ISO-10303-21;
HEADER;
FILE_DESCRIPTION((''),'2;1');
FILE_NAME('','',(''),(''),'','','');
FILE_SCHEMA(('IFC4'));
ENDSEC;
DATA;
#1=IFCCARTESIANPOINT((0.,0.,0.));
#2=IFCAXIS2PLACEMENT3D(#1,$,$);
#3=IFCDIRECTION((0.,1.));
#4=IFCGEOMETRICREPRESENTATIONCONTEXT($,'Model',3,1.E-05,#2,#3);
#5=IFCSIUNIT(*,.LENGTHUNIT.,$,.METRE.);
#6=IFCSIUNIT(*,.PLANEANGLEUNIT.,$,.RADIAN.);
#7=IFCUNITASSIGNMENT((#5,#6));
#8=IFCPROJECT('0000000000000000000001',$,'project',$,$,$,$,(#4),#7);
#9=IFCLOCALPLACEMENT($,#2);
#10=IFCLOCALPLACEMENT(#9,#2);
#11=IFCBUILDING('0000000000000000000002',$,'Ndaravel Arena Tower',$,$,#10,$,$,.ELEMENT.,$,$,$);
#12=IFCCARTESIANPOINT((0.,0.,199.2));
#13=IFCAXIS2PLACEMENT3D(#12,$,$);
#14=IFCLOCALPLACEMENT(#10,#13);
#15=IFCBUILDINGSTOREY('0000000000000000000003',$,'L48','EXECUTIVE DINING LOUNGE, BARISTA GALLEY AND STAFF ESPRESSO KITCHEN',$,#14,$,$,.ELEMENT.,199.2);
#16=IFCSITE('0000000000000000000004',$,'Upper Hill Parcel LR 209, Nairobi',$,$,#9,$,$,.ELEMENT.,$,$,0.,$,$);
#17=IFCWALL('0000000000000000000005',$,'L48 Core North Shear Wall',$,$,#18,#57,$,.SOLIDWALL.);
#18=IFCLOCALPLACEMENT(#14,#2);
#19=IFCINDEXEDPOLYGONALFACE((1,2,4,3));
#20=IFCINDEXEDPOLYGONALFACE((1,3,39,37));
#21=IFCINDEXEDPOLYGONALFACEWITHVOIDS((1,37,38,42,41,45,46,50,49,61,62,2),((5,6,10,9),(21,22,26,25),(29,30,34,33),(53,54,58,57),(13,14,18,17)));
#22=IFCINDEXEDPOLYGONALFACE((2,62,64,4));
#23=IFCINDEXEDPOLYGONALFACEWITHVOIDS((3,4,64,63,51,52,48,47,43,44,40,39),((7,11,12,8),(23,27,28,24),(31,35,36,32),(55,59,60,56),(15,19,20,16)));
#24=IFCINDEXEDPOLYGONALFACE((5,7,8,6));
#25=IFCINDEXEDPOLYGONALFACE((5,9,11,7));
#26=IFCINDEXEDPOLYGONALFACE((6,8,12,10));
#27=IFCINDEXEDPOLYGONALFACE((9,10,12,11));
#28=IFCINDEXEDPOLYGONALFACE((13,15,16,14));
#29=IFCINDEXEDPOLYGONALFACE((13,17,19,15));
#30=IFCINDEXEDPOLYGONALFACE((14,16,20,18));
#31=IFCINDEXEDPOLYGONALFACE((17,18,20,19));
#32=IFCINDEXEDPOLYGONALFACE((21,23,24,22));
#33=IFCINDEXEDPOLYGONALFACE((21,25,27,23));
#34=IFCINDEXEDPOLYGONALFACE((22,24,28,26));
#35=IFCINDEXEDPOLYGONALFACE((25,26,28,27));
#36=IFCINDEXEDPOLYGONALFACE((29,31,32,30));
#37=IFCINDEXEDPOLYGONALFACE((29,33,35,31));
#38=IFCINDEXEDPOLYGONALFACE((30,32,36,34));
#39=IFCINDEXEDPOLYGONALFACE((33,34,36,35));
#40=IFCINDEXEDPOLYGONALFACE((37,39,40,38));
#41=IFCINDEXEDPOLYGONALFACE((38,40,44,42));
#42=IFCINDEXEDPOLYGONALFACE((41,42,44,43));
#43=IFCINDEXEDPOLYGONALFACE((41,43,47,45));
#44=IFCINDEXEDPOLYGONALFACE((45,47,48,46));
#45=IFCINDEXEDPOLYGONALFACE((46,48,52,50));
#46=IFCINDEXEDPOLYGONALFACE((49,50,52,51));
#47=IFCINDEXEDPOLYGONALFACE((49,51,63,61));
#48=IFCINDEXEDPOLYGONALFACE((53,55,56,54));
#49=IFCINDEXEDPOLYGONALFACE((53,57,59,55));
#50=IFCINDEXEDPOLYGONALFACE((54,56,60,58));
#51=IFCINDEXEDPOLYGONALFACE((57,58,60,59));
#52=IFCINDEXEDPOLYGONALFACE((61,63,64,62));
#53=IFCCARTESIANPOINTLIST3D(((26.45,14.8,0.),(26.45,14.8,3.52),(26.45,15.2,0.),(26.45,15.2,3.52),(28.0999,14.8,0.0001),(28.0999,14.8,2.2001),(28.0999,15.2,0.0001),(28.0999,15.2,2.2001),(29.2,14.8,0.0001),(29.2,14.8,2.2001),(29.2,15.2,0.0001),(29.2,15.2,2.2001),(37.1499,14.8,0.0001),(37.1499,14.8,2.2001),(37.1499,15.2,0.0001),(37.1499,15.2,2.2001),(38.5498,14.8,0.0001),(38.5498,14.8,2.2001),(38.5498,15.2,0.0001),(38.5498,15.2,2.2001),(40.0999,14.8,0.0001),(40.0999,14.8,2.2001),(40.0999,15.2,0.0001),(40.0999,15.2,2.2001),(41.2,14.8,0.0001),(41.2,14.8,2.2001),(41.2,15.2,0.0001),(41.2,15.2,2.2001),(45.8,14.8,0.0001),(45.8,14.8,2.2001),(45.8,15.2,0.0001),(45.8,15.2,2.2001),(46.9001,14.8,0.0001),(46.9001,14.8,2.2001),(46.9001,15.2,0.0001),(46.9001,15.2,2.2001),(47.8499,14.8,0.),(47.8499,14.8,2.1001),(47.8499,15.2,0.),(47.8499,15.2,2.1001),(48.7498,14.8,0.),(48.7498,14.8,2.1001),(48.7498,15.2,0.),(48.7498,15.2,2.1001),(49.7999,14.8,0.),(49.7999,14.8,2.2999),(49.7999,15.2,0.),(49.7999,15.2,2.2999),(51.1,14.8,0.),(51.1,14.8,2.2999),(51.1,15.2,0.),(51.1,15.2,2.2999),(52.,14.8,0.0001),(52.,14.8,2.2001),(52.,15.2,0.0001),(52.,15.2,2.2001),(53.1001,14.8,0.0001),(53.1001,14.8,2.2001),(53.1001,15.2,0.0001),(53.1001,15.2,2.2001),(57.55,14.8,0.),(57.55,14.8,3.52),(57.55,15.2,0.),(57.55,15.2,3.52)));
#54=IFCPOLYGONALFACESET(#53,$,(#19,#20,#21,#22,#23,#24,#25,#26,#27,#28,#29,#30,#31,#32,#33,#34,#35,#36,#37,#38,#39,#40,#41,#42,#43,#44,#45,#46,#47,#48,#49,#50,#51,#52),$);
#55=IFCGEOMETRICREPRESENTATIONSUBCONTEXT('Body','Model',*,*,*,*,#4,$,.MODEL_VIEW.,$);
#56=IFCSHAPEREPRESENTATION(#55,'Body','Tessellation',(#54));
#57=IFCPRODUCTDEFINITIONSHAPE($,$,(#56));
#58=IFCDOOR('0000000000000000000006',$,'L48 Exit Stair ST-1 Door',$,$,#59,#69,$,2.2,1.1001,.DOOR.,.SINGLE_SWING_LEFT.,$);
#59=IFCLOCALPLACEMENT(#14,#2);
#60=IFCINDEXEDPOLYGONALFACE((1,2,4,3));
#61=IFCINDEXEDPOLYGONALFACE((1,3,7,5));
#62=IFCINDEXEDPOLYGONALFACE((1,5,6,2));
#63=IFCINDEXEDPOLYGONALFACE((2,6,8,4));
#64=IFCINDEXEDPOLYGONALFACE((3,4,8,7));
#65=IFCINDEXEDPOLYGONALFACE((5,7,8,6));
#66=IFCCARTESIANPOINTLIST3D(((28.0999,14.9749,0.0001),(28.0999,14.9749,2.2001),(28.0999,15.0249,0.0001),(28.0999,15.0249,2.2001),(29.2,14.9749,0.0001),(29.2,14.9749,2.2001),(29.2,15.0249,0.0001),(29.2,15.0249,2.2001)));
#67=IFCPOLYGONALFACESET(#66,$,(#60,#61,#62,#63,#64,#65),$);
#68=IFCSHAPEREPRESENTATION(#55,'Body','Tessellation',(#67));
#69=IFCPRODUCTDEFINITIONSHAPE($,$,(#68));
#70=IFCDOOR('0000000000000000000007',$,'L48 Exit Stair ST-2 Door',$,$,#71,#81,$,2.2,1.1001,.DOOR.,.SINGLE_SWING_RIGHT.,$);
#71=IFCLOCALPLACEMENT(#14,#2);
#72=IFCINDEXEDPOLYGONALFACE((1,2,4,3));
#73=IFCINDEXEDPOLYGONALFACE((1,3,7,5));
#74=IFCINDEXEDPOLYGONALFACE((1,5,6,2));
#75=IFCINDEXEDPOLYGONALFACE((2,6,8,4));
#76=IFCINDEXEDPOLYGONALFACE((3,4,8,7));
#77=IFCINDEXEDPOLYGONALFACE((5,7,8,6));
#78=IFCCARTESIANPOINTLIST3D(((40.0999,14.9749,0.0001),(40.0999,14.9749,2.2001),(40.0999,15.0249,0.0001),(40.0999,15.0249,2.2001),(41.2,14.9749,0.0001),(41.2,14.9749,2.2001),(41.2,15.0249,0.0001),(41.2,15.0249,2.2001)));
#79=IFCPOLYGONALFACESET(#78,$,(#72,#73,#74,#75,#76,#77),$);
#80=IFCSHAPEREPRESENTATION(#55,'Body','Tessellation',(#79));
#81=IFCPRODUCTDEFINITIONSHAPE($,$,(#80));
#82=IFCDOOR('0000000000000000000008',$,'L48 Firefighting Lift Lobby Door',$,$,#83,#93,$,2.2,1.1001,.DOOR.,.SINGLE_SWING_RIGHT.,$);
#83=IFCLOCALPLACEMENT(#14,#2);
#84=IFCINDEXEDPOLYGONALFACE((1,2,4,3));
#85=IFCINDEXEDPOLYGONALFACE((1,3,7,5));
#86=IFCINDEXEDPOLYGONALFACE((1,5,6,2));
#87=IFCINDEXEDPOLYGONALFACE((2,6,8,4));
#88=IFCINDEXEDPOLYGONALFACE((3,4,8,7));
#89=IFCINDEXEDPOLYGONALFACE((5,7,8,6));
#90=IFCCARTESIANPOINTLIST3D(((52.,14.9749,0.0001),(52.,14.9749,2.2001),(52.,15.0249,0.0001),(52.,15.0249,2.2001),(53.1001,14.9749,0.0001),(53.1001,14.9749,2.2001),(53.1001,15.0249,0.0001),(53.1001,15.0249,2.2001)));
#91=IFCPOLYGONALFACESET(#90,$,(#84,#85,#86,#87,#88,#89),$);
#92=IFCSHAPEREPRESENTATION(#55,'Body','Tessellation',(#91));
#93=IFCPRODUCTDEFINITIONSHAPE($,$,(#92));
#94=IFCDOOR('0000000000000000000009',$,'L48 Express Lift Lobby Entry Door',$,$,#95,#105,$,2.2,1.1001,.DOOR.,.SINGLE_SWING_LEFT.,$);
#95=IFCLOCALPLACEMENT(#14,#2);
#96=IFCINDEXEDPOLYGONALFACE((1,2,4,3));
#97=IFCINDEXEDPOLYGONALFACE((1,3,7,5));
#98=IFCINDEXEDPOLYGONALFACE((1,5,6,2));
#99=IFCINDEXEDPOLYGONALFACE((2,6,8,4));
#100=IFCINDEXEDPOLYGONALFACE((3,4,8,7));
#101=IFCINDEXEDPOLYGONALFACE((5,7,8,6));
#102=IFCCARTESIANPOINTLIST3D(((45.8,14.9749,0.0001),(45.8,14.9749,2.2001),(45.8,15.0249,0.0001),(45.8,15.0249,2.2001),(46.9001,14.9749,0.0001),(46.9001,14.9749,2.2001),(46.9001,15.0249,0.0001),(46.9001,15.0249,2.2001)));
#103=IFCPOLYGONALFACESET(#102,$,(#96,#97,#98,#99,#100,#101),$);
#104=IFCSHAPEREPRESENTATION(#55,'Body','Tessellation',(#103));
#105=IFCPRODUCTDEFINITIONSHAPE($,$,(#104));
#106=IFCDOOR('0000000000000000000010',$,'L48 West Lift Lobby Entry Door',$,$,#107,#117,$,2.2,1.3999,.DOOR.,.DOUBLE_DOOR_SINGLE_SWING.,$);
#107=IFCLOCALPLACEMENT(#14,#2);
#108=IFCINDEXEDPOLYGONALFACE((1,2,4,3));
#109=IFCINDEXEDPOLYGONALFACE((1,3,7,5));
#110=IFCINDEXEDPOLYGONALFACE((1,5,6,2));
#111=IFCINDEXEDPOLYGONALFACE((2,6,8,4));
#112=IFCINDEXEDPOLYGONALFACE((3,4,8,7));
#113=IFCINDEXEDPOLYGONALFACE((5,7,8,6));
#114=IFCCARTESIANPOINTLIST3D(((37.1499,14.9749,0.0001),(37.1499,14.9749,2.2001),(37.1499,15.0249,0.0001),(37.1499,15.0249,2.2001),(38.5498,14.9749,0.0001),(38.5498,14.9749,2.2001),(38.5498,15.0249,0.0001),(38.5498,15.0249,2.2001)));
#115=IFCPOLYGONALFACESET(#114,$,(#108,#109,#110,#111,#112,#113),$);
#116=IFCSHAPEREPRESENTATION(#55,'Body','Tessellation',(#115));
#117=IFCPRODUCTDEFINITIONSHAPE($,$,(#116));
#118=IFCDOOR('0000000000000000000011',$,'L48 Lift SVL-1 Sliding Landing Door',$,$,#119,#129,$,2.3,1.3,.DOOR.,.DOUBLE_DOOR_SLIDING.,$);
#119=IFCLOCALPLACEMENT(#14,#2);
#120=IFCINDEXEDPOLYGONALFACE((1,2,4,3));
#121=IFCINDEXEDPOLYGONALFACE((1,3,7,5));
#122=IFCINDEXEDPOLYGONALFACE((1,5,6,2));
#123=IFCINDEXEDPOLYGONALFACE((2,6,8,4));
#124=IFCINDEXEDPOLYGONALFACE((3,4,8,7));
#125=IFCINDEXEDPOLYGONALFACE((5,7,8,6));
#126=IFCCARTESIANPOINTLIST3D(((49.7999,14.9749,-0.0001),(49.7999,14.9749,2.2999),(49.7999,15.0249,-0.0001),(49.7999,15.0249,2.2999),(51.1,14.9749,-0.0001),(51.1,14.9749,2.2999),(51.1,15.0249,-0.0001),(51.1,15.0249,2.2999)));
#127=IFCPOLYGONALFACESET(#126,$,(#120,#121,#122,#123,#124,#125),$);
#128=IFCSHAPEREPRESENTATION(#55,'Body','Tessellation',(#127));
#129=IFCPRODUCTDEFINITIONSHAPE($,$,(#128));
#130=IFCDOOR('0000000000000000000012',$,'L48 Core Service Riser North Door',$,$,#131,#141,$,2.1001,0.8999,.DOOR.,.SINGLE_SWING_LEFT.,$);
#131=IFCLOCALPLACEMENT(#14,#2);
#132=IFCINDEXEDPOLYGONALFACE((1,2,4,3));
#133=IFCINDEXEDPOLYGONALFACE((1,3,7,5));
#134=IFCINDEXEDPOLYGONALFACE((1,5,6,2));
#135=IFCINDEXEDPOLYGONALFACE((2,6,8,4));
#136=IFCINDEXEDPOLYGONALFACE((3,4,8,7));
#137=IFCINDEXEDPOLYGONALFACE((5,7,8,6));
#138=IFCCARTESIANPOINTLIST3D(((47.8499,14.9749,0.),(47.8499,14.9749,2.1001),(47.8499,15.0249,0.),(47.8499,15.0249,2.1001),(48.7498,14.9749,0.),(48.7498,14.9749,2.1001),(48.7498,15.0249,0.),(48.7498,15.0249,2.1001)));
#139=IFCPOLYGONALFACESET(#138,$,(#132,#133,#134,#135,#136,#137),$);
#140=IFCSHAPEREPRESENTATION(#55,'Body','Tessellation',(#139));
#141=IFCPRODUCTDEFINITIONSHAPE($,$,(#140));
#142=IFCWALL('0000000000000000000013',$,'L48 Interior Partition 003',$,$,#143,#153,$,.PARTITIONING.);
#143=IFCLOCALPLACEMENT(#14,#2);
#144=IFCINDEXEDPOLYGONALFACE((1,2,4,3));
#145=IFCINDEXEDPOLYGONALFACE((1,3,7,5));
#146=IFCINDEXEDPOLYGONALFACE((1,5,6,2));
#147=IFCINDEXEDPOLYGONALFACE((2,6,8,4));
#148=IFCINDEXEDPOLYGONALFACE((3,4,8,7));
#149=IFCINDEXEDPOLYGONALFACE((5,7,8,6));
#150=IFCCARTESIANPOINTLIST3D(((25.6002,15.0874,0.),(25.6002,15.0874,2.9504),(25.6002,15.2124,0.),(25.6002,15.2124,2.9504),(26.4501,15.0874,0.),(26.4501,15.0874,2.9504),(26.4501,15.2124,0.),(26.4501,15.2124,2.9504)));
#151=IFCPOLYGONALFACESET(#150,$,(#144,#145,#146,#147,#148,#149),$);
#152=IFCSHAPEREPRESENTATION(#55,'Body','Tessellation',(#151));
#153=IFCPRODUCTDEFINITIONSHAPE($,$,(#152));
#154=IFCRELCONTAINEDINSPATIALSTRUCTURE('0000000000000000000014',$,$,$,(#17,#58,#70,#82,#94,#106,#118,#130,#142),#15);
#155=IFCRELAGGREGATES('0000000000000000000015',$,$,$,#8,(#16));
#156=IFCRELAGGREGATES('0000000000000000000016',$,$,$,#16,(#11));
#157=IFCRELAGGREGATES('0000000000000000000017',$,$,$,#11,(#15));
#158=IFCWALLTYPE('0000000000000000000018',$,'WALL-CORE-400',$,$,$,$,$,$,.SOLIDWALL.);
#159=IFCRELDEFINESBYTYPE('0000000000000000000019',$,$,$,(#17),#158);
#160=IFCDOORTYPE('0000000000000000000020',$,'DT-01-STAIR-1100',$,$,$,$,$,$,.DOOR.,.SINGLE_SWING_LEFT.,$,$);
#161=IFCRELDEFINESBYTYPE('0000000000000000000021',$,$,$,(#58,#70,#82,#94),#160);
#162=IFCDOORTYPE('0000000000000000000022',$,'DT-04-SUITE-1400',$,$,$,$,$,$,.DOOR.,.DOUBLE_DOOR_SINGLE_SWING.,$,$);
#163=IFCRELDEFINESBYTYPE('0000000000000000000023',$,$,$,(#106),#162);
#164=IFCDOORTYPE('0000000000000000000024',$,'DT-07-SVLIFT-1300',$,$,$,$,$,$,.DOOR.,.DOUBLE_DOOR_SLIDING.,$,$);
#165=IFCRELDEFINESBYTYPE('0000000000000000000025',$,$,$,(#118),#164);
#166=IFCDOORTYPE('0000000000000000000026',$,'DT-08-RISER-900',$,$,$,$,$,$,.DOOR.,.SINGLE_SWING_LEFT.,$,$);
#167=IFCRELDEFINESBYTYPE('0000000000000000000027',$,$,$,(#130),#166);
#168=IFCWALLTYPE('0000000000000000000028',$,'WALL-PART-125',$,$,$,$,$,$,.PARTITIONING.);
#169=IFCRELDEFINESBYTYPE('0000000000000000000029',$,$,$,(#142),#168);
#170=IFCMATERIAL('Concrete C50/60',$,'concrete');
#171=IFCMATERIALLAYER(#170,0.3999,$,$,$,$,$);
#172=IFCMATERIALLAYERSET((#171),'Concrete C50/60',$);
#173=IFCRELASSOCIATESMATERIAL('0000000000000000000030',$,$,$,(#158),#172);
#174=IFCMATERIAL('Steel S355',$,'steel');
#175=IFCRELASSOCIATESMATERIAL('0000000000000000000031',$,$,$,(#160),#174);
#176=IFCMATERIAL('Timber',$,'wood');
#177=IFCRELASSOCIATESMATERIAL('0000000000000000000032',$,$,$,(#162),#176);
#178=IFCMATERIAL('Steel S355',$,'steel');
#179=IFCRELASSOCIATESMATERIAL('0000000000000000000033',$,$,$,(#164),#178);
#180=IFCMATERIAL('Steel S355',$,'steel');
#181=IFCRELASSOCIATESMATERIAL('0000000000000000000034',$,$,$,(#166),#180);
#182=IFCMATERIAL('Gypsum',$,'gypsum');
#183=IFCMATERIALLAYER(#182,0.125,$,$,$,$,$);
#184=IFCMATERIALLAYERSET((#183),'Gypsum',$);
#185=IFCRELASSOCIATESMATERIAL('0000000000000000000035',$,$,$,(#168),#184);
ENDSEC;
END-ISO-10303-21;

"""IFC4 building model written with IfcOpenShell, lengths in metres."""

from ifc_helpers import new_model, si_unit, direction, frame, frame_2d, origin, place, context, subcontext, project, spatial, rectangle, extrude, material, layer, layer_set, type_object, element, fill, save


model = new_model("IFC4")

# Units and contexts
model_context = context("Model", 3, precision=1e-05, world=origin(), true_north=direction((0.0, 1.0)))
body_context = subcontext(model_context, "Body", "Model", "MODEL_VIEW")
ifc_project = project(units=[si_unit("LENGTHUNIT", "METRE"), si_unit("PLANEANGLEUNIT", "RADIAN")], contexts=[model_context])

# Site, building, storey
site_placement = place(None, origin())
site = spatial("IfcSite", under=ifc_project, at=site_placement, Name="Upper Hill Parcel LR 209, Nairobi", CompositionType="ELEMENT", RefElevation=0.0)
building_placement = place(site_placement, origin())
building = spatial("IfcBuilding", under=site, at=building_placement, Name="Ndaravel Arena Tower", CompositionType="ELEMENT")
storey_placement = place(building_placement, frame((0.0, 0.0, 199.2)))
storey = spatial("IfcBuildingStorey", under=building, at=storey_placement, Name="L48", Description="EXECUTIVE DINING LOUNGE, BARISTA GALLEY AND STAFF ESPRESSO KITCHEN", CompositionType="ELEMENT", Elevation=199.2)

# Wall, openings, doors
ifc_material_1 = material(Name="Concrete C50/60", Category="concrete")
ifc_layer_1 = layer(ifc_material_1, 0.3999)
ifc_layer_set_1 = layer_set([ifc_layer_1], Name="Concrete C50/60")
wall_type_1 = type_object("IfcWallType", Name="WALL-CORE-400", PredefinedType="SOLIDWALL", material=ifc_layer_set_1)
wall_1_placement = place(storey_placement, frame((26.45, 15.0, 0.0), z_axis=(0.0, 0.0, 1.0), x_axis=(1.0, 0.0, 0.0)))
wall_1 = element("IfcWall", 1, at=wall_1_placement, inside=storey, type_object=wall_type_1, Name="L48 Core North Shear Wall", PredefinedType="SOLIDWALL", context=body_context, shape_type="SweptSolid", body=[
    extrude(rectangle(XDim=31.1001, YDim=0.3999, at=frame_2d((15.55, 0.0))), origin(), (0.0, 0.0, 1.0), 3.52),
])
opening_1_placement = place(wall_1_placement, frame((1.6499, 0.0, 0.0)))
opening_1 = element("IfcOpeningElement", 2, at=opening_1_placement, cuts=wall_1, PredefinedType="OPENING", context=body_context, shape_type="SweptSolid", body=[
    extrude(rectangle(XDim=1.1001, YDim=2.2, at=frame_2d((0.55, 1.1001))), frame((0.0, 0.2, 0.0), z_axis=(0.0, -1.0, 0.0), x_axis=(1.0, 0.0, 0.0)), (0.0, 0.0, 1.0), 0.3999),
])
opening_2_placement = place(wall_1_placement, frame((13.6499, 0.0, 0.0)))
opening_2 = element("IfcOpeningElement", 3, at=opening_2_placement, cuts=wall_1, PredefinedType="OPENING", context=body_context, shape_type="SweptSolid", body=[
    extrude(rectangle(XDim=1.1001, YDim=2.2, at=frame_2d((0.55, 1.1001))), frame((0.0, 0.2, 0.0), z_axis=(0.0, -1.0, 0.0), x_axis=(1.0, 0.0, 0.0)), (0.0, 0.0, 1.0), 0.3999),
])
opening_3_placement = place(wall_1_placement, frame((25.55, 0.0, 0.0)))
opening_3 = element("IfcOpeningElement", 4, at=opening_3_placement, cuts=wall_1, PredefinedType="OPENING", context=body_context, shape_type="SweptSolid", body=[
    extrude(rectangle(XDim=1.1001, YDim=2.2, at=frame_2d((0.55, 1.1001))), frame((0.0, 0.2, 0.0), z_axis=(0.0, -1.0, 0.0), x_axis=(1.0, 0.0, 0.0)), (0.0, 0.0, 1.0), 0.3999),
])
opening_4_placement = place(wall_1_placement, frame((10.7, 0.0, 0.0)))
opening_4 = element("IfcOpeningElement", 5, at=opening_4_placement, cuts=wall_1, PredefinedType="OPENING", context=body_context, shape_type="SweptSolid", body=[
    extrude(rectangle(XDim=1.3999, YDim=2.2, at=frame_2d((0.7, 1.1001))), frame((0.0, 0.2, 0.0), z_axis=(0.0, -1.0, 0.0), x_axis=(1.0, 0.0, 0.0)), (0.0, 0.0, 1.0), 0.3999),
])
opening_5_placement = place(wall_1_placement, frame((19.3501, 0.0, 0.0)))
opening_5 = element("IfcOpeningElement", 6, at=opening_5_placement, cuts=wall_1, PredefinedType="OPENING", context=body_context, shape_type="SweptSolid", body=[
    extrude(rectangle(XDim=1.1001, YDim=2.2, at=frame_2d((0.55, 1.1001))), frame((0.0, 0.2, 0.0), z_axis=(0.0, -1.0, 0.0), x_axis=(1.0, 0.0, 0.0)), (0.0, 0.0, 1.0), 0.3999),
])
opening_6_placement = place(wall_1_placement, frame((21.3999, 0.0, 0.0)))
opening_6 = element("IfcOpeningElement", 7, at=opening_6_placement, cuts=wall_1, PredefinedType="OPENING", context=body_context, shape_type="SweptSolid", body=[
    extrude(rectangle(XDim=0.8999, YDim=2.1001, at=frame_2d((0.45, 1.05))), frame((0.0, 0.2, 0.0), z_axis=(0.0, -1.0, 0.0), x_axis=(1.0, 0.0, 0.0)), (0.0, 0.0, 1.0), 0.3999),
])
opening_7_placement = place(wall_1_placement, frame((23.3501, 0.0, 0.0)))
opening_7 = element("IfcOpeningElement", 8, at=opening_7_placement, cuts=wall_1, PredefinedType="OPENING", context=body_context, shape_type="SweptSolid", body=[
    extrude(rectangle(XDim=1.3, YDim=2.3, at=frame_2d((0.6499, 1.1499))), frame((0.0, 0.2, 0.0), z_axis=(0.0, -1.0, 0.0), x_axis=(1.0, 0.0, 0.0)), (0.0, 0.0, 1.0), 0.3999),
])
ifc_material_2 = material(Name="Steel S355", Category="steel")
door_type_1 = type_object("IfcDoorType", Name="DT-01-STAIR-1100", OperationType="SINGLE_SWING_LEFT", PredefinedType="DOOR", material=ifc_material_2)
door_1_placement = place(opening_1_placement, origin())
door_1 = element("IfcDoor", 9, at=door_1_placement, inside=storey, type_object=door_type_1, Name="L48 Exit Stair ST-1 Door", OperationType="SINGLE_SWING_LEFT", OverallHeight=2.2, OverallWidth=1.1001, PredefinedType="DOOR", context=body_context, shape_type="SweptSolid", body=[
    extrude(rectangle(XDim=1.1001, YDim=2.2, at=frame_2d((0.55, 1.1001))), frame((0.0, 0.0249, 0.0), z_axis=(0.0, -1.0, 0.0), x_axis=(1.0, 0.0, 0.0)), (0.0, 0.0, 1.0), 0.05),
])
fill(opening_1, door_1)
door_2_placement = place(opening_2_placement, origin())
door_2 = element("IfcDoor", 10, at=door_2_placement, inside=storey, type_object=door_type_1, Name="L48 Exit Stair ST-2 Door", OperationType="SINGLE_SWING_RIGHT", OverallHeight=2.2, OverallWidth=1.1001, PredefinedType="DOOR", context=body_context, shape_type="SweptSolid", body=[
    extrude(rectangle(XDim=1.1001, YDim=2.2, at=frame_2d((0.55, 1.1001))), frame((0.0, 0.0249, 0.0), z_axis=(0.0, -1.0, 0.0), x_axis=(1.0, 0.0, 0.0)), (0.0, 0.0, 1.0), 0.05),
])
fill(opening_2, door_2)
door_3_placement = place(opening_3_placement, origin())
door_3 = element("IfcDoor", 11, at=door_3_placement, inside=storey, type_object=door_type_1, Name="L48 Firefighting Lift Lobby Door", OperationType="SINGLE_SWING_RIGHT", OverallHeight=2.2, OverallWidth=1.1001, PredefinedType="DOOR", context=body_context, shape_type="SweptSolid", body=[
    extrude(rectangle(XDim=1.1001, YDim=2.2, at=frame_2d((0.55, 1.1001))), frame((0.0, 0.0249, 0.0), z_axis=(0.0, -1.0, 0.0), x_axis=(1.0, 0.0, 0.0)), (0.0, 0.0, 1.0), 0.05),
])
fill(opening_3, door_3)
door_4_placement = place(opening_5_placement, origin())
door_4 = element("IfcDoor", 12, at=door_4_placement, inside=storey, type_object=door_type_1, Name="L48 Express Lift Lobby Entry Door", OperationType="SINGLE_SWING_LEFT", OverallHeight=2.2, OverallWidth=1.1001, PredefinedType="DOOR", context=body_context, shape_type="SweptSolid", body=[
    extrude(rectangle(XDim=1.1001, YDim=2.2, at=frame_2d((0.55, 1.1001))), frame((0.0, 0.0249, 0.0), z_axis=(0.0, -1.0, 0.0), x_axis=(1.0, 0.0, 0.0)), (0.0, 0.0, 1.0), 0.05),
])
fill(opening_5, door_4)
ifc_material_3 = material(Name="Timber", Category="wood")
door_type_2 = type_object("IfcDoorType", Name="DT-04-SUITE-1400", OperationType="DOUBLE_DOOR_SINGLE_SWING", PredefinedType="DOOR", material=ifc_material_3)
door_5_placement = place(opening_4_placement, origin())
door_5 = element("IfcDoor", 13, at=door_5_placement, inside=storey, type_object=door_type_2, Name="L48 West Lift Lobby Entry Door", OperationType="DOUBLE_DOOR_SINGLE_SWING", OverallHeight=2.2, OverallWidth=1.3999, PredefinedType="DOOR", context=body_context, shape_type="SweptSolid", body=[
    extrude(rectangle(XDim=1.3999, YDim=2.2, at=frame_2d((0.7, 1.1001))), frame((0.0, 0.0249, 0.0), z_axis=(0.0, -1.0, 0.0), x_axis=(1.0, 0.0, 0.0)), (0.0, 0.0, 1.0), 0.05),
])
fill(opening_4, door_5)
ifc_material_4 = material(Name="Steel S355", Category="steel")
door_type_3 = type_object("IfcDoorType", Name="DT-07-SVLIFT-1300", OperationType="DOUBLE_DOOR_SLIDING", PredefinedType="DOOR", material=ifc_material_4)
door_6_placement = place(opening_7_placement, origin())
door_6 = element("IfcDoor", 14, at=door_6_placement, inside=storey, type_object=door_type_3, Name="L48 Lift SVL-1 Sliding Landing Door", OperationType="DOUBLE_DOOR_SLIDING", OverallHeight=2.3, OverallWidth=1.3, PredefinedType="DOOR", context=body_context, shape_type="SweptSolid", body=[
    extrude(rectangle(XDim=1.3, YDim=2.3, at=frame_2d((0.6499, 1.1499))), frame((0.0, 0.0249, 0.0), z_axis=(0.0, -1.0, 0.0), x_axis=(1.0, 0.0, 0.0)), (0.0, 0.0, 1.0), 0.05),
])
fill(opening_7, door_6)
ifc_material_5 = material(Name="Steel S355", Category="steel")
door_type_4 = type_object("IfcDoorType", Name="DT-08-RISER-900", OperationType="SINGLE_SWING_LEFT", PredefinedType="DOOR", material=ifc_material_5)
door_7_placement = place(opening_6_placement, origin())
door_7 = element("IfcDoor", 15, at=door_7_placement, inside=storey, type_object=door_type_4, Name="L48 Core Service Riser North Door", OperationType="SINGLE_SWING_LEFT", OverallHeight=2.1001, OverallWidth=0.8999, PredefinedType="DOOR", context=body_context, shape_type="SweptSolid", body=[
    extrude(rectangle(XDim=0.8999, YDim=2.1001, at=frame_2d((0.45, 1.05))), frame((0.0, 0.0249, 0.0), z_axis=(0.0, -1.0, 0.0), x_axis=(1.0, 0.0, 0.0)), (0.0, 0.0, 1.0), 0.05),
])
fill(opening_6, door_7)

# Wall
ifc_material_6 = material(Name="Gypsum", Category="gypsum")
ifc_layer_2 = layer(ifc_material_6, 0.125)
ifc_layer_set_2 = layer_set([ifc_layer_2], Name="Gypsum")
wall_type_2 = type_object("IfcWallType", Name="WALL-PART-125", PredefinedType="PARTITIONING", material=ifc_layer_set_2)
wall_2_placement = place(storey_placement, frame((26.45, 15.1499, 0.0), z_axis=(0.0, 0.0, 1.0), x_axis=(-1.0, 0.0, 0.0)))
element("IfcWall", 16, at=wall_2_placement, inside=storey, type_object=wall_type_2, Name="L48 Interior Partition 003", PredefinedType="PARTITIONING", context=body_context, shape_type="SweptSolid", body=[
    extrude(rectangle(XDim=0.8499, YDim=0.125, at=frame_2d((0.4248, 0.0))), origin(), (0.0, 0.0, 1.0), 2.9504),
])

save(model, "model.ifc")
